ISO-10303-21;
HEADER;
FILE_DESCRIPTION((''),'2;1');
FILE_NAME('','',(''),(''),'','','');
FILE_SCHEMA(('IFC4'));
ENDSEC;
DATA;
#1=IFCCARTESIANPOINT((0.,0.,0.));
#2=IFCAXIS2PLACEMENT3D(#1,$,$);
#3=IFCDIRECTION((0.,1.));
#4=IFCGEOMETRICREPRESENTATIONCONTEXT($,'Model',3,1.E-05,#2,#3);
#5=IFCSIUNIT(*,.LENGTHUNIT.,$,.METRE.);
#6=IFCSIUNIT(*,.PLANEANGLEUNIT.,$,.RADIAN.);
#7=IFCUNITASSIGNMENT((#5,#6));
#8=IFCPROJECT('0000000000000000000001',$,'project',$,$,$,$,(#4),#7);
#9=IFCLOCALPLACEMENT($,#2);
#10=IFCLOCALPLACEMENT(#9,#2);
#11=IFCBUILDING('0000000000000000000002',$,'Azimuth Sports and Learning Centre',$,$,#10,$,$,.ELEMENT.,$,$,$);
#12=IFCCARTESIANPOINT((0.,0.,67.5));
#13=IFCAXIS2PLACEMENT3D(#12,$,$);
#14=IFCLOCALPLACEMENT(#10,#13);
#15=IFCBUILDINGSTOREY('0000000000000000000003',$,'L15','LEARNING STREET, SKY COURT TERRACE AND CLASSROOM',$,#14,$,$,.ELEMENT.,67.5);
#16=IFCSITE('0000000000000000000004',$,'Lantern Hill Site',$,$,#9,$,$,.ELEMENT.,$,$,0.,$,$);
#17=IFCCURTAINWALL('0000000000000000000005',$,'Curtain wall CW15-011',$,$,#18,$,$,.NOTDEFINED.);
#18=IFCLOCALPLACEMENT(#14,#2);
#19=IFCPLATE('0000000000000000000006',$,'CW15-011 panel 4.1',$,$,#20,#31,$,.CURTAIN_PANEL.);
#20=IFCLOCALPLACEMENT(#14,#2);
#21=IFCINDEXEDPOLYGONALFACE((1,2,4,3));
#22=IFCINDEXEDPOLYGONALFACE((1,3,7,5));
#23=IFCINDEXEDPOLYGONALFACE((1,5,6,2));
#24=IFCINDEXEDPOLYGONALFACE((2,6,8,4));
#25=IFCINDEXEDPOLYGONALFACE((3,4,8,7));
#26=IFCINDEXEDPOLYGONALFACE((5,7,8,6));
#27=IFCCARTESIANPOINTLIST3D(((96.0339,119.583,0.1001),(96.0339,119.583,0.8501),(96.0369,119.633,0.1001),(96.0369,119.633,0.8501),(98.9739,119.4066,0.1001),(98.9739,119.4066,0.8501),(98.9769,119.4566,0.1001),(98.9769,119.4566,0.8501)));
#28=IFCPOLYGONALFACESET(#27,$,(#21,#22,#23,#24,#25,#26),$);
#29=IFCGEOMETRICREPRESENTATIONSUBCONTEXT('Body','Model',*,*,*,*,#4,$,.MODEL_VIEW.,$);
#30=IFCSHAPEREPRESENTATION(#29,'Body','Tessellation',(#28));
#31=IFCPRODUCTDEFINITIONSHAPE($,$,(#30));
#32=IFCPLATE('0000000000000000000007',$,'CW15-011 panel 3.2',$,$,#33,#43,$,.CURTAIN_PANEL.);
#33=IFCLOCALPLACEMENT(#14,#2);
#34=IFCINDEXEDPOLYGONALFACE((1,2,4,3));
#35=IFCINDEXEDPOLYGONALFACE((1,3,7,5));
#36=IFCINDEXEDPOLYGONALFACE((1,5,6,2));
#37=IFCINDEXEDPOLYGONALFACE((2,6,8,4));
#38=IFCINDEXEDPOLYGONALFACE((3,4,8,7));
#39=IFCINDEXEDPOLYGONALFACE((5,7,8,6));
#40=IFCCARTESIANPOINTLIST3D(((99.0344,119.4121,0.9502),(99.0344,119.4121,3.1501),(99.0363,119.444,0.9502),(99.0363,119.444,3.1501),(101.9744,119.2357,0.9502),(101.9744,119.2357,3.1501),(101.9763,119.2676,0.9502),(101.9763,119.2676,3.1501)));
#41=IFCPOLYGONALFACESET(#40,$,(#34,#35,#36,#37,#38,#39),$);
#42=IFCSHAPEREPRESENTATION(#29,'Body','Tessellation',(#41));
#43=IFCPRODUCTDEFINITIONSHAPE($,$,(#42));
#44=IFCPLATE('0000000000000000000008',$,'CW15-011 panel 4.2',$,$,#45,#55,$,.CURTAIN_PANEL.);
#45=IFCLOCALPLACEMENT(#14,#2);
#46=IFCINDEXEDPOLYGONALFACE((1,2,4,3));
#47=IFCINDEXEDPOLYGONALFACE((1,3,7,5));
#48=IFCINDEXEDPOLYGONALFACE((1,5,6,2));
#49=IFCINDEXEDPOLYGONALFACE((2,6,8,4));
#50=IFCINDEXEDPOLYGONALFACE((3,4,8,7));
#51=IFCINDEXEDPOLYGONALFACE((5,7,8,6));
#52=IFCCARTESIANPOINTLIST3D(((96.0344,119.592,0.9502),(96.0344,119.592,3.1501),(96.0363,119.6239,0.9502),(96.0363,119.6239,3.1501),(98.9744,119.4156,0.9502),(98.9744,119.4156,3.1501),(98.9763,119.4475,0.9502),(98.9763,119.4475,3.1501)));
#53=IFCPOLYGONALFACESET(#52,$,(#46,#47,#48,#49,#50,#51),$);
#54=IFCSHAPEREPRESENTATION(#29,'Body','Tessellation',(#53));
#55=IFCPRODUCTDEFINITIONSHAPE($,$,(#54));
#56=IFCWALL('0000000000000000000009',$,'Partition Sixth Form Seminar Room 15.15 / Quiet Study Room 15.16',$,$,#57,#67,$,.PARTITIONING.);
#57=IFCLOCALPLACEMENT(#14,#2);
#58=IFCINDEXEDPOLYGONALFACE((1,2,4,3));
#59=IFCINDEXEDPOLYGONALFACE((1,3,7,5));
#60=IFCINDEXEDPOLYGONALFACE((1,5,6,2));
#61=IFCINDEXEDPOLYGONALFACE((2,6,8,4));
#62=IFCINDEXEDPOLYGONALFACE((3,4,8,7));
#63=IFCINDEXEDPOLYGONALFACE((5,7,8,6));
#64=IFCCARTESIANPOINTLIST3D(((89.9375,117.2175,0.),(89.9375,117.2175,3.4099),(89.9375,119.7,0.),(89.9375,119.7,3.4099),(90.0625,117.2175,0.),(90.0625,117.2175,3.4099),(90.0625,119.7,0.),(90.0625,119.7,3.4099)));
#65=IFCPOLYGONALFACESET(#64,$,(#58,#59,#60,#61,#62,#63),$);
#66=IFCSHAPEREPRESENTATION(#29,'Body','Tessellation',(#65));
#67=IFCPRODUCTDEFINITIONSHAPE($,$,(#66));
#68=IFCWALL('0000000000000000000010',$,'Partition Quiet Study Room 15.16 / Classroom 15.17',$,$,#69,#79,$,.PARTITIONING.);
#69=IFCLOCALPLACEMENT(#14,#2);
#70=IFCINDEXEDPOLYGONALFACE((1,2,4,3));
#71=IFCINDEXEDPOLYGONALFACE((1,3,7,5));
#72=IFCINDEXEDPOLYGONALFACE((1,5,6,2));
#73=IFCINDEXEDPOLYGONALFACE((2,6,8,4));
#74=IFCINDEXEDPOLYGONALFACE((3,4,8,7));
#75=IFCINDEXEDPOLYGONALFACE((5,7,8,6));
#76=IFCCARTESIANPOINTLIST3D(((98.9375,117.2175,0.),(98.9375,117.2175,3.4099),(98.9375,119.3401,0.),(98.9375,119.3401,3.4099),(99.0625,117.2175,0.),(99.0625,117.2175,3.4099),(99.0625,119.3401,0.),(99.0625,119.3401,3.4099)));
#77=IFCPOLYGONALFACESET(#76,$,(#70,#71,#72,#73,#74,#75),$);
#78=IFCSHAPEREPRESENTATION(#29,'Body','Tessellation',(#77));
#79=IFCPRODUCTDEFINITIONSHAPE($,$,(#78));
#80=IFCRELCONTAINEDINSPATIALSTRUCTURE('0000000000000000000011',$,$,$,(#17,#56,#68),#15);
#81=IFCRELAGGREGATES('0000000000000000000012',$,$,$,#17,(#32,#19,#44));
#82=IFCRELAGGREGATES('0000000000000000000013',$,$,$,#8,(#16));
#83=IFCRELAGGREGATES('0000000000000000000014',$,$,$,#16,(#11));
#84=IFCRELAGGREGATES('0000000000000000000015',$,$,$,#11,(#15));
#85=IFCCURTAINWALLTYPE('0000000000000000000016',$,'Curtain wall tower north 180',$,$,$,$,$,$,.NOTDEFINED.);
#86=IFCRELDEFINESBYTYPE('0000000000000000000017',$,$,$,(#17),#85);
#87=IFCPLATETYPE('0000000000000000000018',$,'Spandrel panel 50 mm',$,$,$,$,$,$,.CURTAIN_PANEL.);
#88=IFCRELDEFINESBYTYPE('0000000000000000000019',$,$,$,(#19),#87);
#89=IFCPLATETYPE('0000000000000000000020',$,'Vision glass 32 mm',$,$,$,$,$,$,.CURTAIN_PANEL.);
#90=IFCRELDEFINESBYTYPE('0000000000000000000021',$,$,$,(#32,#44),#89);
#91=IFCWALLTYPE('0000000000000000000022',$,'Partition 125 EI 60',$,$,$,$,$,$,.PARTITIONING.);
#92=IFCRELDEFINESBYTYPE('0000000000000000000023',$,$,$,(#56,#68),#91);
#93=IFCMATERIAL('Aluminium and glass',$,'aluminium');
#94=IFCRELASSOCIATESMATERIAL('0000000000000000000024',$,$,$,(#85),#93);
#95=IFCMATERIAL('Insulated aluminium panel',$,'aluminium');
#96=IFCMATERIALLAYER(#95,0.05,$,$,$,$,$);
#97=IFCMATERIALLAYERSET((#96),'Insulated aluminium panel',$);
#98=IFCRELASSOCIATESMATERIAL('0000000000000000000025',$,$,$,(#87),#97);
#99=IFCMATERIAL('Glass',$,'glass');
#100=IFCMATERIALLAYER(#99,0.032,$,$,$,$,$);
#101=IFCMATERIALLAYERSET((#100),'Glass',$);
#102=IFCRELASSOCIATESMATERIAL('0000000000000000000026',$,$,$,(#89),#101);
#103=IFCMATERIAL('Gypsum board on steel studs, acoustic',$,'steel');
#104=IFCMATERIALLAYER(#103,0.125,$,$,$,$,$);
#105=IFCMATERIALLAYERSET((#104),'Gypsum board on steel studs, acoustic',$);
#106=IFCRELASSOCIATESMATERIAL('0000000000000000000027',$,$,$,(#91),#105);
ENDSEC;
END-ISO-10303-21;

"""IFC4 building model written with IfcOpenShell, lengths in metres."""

from ifc_helpers import new_model, si_unit, direction, frame, frame_2d, origin, origin_2d, place, context, subcontext, project, spatial, rectangle, extrude, material, layer, layer_set, type_object, element, aggregate, save


model = new_model("IFC4")

# Units and contexts
model_context = context("Model", 3, precision=1e-05, world=origin(), true_north=direction((0.0, 1.0)))
body_context = subcontext(model_context, "Body", "Model", "MODEL_VIEW")
ifc_project = project(units=[si_unit("LENGTHUNIT", "METRE"), si_unit("PLANEANGLEUNIT", "RADIAN")], contexts=[model_context])

# Site, building, storey
site_placement = place(None, origin())
site = spatial("IfcSite", under=ifc_project, at=site_placement, Name="Lantern Hill Site", CompositionType="ELEMENT", RefElevation=0.0)
building_placement = place(site_placement, origin())
building = spatial("IfcBuilding", under=site, at=building_placement, Name="Azimuth Sports and Learning Centre", CompositionType="ELEMENT")
storey_placement = place(building_placement, frame((0.0, 0.0, 67.5)))
storey = spatial("IfcBuildingStorey", under=building, at=storey_placement, Name="L15", Description="LEARNING STREET, SKY COURT TERRACE AND CLASSROOM", CompositionType="ELEMENT", Elevation=67.5)

# Curtain wall, plates
ifc_material_1 = material(Name="Aluminium and glass", Category="aluminium")
curtain_wall_type = type_object("IfcCurtainWallType", Name="Curtain wall tower north 180", PredefinedType="NOTDEFINED", material=ifc_material_1)
curtain_wall_placement = place(storey_placement, origin())
curtain_wall = element("IfcCurtainWall", 1, at=curtain_wall_placement, inside=storey, type_object=curtain_wall_type, Name="Curtain wall CW15-011", PredefinedType="NOTDEFINED")
ifc_material_2 = material(Name="Insulated aluminium panel", Category="aluminium")
ifc_layer_1 = layer(ifc_material_2, 0.05)
ifc_layer_set_1 = layer_set([ifc_layer_1], Name="Insulated aluminium panel")
plate_type_1 = type_object("IfcPlateType", Name="Spandrel panel 50 mm", PredefinedType="CURTAIN_PANEL", material=ifc_layer_set_1)
plate_1_placement = place(storey_placement, frame((97.5054, 119.5198, 0.1001), z_axis=(0.0, 0.0, 1.0), x_axis=(-0.998205, 0.059892, 0.0)))
plate_1 = element("IfcPlate", 2, at=plate_1_placement, type_object=plate_type_1, Name="CW15-011 panel 4.1", PredefinedType="CURTAIN_PANEL", context=body_context, shape_type="SweptSolid", body=[
    extrude(rectangle(XDim=2.9453, YDim=0.05, at=origin_2d()), origin(), (0.0, 0.0, 1.0), 0.75),
])
ifc_material_3 = material(Name="Glass", Category="glass")
ifc_layer_2 = layer(ifc_material_3, 0.032)
ifc_layer_set_2 = layer_set([ifc_layer_2], Name="Glass")
plate_type_2 = type_object("IfcPlateType", Name="Vision glass 32 mm", PredefinedType="CURTAIN_PANEL", material=ifc_layer_set_2)
plate_2_placement = place(storey_placement, frame((100.5054, 119.3398, 0.9502), z_axis=(0.0, 0.0, 1.0), x_axis=(-0.998205, 0.059892, 0.0)))
plate_2 = element("IfcPlate", 3, at=plate_2_placement, type_object=plate_type_2, Name="CW15-011 panel 3.2", PredefinedType="CURTAIN_PANEL", context=body_context, shape_type="SweptSolid", body=[
    extrude(rectangle(XDim=2.9453, YDim=0.032, at=origin_2d()), origin(), (0.0, 0.0, 1.0), 2.2),
])
plate_3_placement = place(storey_placement, frame((97.5054, 119.5198, 0.9502), z_axis=(0.0, 0.0, 1.0), x_axis=(-0.998205, 0.059892, 0.0)))
plate_3 = element("IfcPlate", 4, at=plate_3_placement, type_object=plate_type_2, Name="CW15-011 panel 4.2", PredefinedType="CURTAIN_PANEL", context=body_context, shape_type="SweptSolid", body=[
    extrude(rectangle(XDim=2.9453, YDim=0.032, at=origin_2d()), origin(), (0.0, 0.0, 1.0), 2.2),
])
aggregate(curtain_wall, [plate_2, plate_1, plate_3])

# Walls
ifc_material_4 = material(Name="Gypsum board on steel studs, acoustic", Category="steel")
ifc_layer_3 = layer(ifc_material_4, 0.125)
ifc_layer_set_3 = layer_set([ifc_layer_3], Name="Gypsum board on steel studs, acoustic")
wall_type = type_object("IfcWallType", Name="Partition 125 EI 60", PredefinedType="PARTITIONING", material=ifc_layer_set_3)
wall_1_placement = place(storey_placement, frame((90.0, 117.2175, 0.0), z_axis=(0.0, 0.0, 1.0), x_axis=(0.0, 1.0, 0.0)))
element("IfcWall", 5, at=wall_1_placement, inside=storey, type_object=wall_type, Name="Partition Sixth Form Seminar Room 15.15 / Quiet Study Room 15.16", PredefinedType="PARTITIONING", context=body_context, shape_type="SweptSolid", body=[
    extrude(rectangle(XDim=2.4824, YDim=0.125, at=frame_2d((1.2412, 0.0))), origin(), (0.0, 0.0, 1.0), 3.4099),
])
wall_2_placement = place(storey_placement, frame((99.0, 117.2175, 0.0), z_axis=(0.0, 0.0, 1.0), x_axis=(0.0, 1.0, 0.0)))
element("IfcWall", 6, at=wall_2_placement, inside=storey, type_object=wall_type, Name="Partition Quiet Study Room 15.16 / Classroom 15.17", PredefinedType="PARTITIONING", context=body_context, shape_type="SweptSolid", body=[
    extrude(rectangle(XDim=2.1226, YDim=0.125, at=frame_2d((1.0613, 0.0))), origin(), (0.0, 0.0, 1.0), 3.4099),
])

save(model, "model.ifc")
